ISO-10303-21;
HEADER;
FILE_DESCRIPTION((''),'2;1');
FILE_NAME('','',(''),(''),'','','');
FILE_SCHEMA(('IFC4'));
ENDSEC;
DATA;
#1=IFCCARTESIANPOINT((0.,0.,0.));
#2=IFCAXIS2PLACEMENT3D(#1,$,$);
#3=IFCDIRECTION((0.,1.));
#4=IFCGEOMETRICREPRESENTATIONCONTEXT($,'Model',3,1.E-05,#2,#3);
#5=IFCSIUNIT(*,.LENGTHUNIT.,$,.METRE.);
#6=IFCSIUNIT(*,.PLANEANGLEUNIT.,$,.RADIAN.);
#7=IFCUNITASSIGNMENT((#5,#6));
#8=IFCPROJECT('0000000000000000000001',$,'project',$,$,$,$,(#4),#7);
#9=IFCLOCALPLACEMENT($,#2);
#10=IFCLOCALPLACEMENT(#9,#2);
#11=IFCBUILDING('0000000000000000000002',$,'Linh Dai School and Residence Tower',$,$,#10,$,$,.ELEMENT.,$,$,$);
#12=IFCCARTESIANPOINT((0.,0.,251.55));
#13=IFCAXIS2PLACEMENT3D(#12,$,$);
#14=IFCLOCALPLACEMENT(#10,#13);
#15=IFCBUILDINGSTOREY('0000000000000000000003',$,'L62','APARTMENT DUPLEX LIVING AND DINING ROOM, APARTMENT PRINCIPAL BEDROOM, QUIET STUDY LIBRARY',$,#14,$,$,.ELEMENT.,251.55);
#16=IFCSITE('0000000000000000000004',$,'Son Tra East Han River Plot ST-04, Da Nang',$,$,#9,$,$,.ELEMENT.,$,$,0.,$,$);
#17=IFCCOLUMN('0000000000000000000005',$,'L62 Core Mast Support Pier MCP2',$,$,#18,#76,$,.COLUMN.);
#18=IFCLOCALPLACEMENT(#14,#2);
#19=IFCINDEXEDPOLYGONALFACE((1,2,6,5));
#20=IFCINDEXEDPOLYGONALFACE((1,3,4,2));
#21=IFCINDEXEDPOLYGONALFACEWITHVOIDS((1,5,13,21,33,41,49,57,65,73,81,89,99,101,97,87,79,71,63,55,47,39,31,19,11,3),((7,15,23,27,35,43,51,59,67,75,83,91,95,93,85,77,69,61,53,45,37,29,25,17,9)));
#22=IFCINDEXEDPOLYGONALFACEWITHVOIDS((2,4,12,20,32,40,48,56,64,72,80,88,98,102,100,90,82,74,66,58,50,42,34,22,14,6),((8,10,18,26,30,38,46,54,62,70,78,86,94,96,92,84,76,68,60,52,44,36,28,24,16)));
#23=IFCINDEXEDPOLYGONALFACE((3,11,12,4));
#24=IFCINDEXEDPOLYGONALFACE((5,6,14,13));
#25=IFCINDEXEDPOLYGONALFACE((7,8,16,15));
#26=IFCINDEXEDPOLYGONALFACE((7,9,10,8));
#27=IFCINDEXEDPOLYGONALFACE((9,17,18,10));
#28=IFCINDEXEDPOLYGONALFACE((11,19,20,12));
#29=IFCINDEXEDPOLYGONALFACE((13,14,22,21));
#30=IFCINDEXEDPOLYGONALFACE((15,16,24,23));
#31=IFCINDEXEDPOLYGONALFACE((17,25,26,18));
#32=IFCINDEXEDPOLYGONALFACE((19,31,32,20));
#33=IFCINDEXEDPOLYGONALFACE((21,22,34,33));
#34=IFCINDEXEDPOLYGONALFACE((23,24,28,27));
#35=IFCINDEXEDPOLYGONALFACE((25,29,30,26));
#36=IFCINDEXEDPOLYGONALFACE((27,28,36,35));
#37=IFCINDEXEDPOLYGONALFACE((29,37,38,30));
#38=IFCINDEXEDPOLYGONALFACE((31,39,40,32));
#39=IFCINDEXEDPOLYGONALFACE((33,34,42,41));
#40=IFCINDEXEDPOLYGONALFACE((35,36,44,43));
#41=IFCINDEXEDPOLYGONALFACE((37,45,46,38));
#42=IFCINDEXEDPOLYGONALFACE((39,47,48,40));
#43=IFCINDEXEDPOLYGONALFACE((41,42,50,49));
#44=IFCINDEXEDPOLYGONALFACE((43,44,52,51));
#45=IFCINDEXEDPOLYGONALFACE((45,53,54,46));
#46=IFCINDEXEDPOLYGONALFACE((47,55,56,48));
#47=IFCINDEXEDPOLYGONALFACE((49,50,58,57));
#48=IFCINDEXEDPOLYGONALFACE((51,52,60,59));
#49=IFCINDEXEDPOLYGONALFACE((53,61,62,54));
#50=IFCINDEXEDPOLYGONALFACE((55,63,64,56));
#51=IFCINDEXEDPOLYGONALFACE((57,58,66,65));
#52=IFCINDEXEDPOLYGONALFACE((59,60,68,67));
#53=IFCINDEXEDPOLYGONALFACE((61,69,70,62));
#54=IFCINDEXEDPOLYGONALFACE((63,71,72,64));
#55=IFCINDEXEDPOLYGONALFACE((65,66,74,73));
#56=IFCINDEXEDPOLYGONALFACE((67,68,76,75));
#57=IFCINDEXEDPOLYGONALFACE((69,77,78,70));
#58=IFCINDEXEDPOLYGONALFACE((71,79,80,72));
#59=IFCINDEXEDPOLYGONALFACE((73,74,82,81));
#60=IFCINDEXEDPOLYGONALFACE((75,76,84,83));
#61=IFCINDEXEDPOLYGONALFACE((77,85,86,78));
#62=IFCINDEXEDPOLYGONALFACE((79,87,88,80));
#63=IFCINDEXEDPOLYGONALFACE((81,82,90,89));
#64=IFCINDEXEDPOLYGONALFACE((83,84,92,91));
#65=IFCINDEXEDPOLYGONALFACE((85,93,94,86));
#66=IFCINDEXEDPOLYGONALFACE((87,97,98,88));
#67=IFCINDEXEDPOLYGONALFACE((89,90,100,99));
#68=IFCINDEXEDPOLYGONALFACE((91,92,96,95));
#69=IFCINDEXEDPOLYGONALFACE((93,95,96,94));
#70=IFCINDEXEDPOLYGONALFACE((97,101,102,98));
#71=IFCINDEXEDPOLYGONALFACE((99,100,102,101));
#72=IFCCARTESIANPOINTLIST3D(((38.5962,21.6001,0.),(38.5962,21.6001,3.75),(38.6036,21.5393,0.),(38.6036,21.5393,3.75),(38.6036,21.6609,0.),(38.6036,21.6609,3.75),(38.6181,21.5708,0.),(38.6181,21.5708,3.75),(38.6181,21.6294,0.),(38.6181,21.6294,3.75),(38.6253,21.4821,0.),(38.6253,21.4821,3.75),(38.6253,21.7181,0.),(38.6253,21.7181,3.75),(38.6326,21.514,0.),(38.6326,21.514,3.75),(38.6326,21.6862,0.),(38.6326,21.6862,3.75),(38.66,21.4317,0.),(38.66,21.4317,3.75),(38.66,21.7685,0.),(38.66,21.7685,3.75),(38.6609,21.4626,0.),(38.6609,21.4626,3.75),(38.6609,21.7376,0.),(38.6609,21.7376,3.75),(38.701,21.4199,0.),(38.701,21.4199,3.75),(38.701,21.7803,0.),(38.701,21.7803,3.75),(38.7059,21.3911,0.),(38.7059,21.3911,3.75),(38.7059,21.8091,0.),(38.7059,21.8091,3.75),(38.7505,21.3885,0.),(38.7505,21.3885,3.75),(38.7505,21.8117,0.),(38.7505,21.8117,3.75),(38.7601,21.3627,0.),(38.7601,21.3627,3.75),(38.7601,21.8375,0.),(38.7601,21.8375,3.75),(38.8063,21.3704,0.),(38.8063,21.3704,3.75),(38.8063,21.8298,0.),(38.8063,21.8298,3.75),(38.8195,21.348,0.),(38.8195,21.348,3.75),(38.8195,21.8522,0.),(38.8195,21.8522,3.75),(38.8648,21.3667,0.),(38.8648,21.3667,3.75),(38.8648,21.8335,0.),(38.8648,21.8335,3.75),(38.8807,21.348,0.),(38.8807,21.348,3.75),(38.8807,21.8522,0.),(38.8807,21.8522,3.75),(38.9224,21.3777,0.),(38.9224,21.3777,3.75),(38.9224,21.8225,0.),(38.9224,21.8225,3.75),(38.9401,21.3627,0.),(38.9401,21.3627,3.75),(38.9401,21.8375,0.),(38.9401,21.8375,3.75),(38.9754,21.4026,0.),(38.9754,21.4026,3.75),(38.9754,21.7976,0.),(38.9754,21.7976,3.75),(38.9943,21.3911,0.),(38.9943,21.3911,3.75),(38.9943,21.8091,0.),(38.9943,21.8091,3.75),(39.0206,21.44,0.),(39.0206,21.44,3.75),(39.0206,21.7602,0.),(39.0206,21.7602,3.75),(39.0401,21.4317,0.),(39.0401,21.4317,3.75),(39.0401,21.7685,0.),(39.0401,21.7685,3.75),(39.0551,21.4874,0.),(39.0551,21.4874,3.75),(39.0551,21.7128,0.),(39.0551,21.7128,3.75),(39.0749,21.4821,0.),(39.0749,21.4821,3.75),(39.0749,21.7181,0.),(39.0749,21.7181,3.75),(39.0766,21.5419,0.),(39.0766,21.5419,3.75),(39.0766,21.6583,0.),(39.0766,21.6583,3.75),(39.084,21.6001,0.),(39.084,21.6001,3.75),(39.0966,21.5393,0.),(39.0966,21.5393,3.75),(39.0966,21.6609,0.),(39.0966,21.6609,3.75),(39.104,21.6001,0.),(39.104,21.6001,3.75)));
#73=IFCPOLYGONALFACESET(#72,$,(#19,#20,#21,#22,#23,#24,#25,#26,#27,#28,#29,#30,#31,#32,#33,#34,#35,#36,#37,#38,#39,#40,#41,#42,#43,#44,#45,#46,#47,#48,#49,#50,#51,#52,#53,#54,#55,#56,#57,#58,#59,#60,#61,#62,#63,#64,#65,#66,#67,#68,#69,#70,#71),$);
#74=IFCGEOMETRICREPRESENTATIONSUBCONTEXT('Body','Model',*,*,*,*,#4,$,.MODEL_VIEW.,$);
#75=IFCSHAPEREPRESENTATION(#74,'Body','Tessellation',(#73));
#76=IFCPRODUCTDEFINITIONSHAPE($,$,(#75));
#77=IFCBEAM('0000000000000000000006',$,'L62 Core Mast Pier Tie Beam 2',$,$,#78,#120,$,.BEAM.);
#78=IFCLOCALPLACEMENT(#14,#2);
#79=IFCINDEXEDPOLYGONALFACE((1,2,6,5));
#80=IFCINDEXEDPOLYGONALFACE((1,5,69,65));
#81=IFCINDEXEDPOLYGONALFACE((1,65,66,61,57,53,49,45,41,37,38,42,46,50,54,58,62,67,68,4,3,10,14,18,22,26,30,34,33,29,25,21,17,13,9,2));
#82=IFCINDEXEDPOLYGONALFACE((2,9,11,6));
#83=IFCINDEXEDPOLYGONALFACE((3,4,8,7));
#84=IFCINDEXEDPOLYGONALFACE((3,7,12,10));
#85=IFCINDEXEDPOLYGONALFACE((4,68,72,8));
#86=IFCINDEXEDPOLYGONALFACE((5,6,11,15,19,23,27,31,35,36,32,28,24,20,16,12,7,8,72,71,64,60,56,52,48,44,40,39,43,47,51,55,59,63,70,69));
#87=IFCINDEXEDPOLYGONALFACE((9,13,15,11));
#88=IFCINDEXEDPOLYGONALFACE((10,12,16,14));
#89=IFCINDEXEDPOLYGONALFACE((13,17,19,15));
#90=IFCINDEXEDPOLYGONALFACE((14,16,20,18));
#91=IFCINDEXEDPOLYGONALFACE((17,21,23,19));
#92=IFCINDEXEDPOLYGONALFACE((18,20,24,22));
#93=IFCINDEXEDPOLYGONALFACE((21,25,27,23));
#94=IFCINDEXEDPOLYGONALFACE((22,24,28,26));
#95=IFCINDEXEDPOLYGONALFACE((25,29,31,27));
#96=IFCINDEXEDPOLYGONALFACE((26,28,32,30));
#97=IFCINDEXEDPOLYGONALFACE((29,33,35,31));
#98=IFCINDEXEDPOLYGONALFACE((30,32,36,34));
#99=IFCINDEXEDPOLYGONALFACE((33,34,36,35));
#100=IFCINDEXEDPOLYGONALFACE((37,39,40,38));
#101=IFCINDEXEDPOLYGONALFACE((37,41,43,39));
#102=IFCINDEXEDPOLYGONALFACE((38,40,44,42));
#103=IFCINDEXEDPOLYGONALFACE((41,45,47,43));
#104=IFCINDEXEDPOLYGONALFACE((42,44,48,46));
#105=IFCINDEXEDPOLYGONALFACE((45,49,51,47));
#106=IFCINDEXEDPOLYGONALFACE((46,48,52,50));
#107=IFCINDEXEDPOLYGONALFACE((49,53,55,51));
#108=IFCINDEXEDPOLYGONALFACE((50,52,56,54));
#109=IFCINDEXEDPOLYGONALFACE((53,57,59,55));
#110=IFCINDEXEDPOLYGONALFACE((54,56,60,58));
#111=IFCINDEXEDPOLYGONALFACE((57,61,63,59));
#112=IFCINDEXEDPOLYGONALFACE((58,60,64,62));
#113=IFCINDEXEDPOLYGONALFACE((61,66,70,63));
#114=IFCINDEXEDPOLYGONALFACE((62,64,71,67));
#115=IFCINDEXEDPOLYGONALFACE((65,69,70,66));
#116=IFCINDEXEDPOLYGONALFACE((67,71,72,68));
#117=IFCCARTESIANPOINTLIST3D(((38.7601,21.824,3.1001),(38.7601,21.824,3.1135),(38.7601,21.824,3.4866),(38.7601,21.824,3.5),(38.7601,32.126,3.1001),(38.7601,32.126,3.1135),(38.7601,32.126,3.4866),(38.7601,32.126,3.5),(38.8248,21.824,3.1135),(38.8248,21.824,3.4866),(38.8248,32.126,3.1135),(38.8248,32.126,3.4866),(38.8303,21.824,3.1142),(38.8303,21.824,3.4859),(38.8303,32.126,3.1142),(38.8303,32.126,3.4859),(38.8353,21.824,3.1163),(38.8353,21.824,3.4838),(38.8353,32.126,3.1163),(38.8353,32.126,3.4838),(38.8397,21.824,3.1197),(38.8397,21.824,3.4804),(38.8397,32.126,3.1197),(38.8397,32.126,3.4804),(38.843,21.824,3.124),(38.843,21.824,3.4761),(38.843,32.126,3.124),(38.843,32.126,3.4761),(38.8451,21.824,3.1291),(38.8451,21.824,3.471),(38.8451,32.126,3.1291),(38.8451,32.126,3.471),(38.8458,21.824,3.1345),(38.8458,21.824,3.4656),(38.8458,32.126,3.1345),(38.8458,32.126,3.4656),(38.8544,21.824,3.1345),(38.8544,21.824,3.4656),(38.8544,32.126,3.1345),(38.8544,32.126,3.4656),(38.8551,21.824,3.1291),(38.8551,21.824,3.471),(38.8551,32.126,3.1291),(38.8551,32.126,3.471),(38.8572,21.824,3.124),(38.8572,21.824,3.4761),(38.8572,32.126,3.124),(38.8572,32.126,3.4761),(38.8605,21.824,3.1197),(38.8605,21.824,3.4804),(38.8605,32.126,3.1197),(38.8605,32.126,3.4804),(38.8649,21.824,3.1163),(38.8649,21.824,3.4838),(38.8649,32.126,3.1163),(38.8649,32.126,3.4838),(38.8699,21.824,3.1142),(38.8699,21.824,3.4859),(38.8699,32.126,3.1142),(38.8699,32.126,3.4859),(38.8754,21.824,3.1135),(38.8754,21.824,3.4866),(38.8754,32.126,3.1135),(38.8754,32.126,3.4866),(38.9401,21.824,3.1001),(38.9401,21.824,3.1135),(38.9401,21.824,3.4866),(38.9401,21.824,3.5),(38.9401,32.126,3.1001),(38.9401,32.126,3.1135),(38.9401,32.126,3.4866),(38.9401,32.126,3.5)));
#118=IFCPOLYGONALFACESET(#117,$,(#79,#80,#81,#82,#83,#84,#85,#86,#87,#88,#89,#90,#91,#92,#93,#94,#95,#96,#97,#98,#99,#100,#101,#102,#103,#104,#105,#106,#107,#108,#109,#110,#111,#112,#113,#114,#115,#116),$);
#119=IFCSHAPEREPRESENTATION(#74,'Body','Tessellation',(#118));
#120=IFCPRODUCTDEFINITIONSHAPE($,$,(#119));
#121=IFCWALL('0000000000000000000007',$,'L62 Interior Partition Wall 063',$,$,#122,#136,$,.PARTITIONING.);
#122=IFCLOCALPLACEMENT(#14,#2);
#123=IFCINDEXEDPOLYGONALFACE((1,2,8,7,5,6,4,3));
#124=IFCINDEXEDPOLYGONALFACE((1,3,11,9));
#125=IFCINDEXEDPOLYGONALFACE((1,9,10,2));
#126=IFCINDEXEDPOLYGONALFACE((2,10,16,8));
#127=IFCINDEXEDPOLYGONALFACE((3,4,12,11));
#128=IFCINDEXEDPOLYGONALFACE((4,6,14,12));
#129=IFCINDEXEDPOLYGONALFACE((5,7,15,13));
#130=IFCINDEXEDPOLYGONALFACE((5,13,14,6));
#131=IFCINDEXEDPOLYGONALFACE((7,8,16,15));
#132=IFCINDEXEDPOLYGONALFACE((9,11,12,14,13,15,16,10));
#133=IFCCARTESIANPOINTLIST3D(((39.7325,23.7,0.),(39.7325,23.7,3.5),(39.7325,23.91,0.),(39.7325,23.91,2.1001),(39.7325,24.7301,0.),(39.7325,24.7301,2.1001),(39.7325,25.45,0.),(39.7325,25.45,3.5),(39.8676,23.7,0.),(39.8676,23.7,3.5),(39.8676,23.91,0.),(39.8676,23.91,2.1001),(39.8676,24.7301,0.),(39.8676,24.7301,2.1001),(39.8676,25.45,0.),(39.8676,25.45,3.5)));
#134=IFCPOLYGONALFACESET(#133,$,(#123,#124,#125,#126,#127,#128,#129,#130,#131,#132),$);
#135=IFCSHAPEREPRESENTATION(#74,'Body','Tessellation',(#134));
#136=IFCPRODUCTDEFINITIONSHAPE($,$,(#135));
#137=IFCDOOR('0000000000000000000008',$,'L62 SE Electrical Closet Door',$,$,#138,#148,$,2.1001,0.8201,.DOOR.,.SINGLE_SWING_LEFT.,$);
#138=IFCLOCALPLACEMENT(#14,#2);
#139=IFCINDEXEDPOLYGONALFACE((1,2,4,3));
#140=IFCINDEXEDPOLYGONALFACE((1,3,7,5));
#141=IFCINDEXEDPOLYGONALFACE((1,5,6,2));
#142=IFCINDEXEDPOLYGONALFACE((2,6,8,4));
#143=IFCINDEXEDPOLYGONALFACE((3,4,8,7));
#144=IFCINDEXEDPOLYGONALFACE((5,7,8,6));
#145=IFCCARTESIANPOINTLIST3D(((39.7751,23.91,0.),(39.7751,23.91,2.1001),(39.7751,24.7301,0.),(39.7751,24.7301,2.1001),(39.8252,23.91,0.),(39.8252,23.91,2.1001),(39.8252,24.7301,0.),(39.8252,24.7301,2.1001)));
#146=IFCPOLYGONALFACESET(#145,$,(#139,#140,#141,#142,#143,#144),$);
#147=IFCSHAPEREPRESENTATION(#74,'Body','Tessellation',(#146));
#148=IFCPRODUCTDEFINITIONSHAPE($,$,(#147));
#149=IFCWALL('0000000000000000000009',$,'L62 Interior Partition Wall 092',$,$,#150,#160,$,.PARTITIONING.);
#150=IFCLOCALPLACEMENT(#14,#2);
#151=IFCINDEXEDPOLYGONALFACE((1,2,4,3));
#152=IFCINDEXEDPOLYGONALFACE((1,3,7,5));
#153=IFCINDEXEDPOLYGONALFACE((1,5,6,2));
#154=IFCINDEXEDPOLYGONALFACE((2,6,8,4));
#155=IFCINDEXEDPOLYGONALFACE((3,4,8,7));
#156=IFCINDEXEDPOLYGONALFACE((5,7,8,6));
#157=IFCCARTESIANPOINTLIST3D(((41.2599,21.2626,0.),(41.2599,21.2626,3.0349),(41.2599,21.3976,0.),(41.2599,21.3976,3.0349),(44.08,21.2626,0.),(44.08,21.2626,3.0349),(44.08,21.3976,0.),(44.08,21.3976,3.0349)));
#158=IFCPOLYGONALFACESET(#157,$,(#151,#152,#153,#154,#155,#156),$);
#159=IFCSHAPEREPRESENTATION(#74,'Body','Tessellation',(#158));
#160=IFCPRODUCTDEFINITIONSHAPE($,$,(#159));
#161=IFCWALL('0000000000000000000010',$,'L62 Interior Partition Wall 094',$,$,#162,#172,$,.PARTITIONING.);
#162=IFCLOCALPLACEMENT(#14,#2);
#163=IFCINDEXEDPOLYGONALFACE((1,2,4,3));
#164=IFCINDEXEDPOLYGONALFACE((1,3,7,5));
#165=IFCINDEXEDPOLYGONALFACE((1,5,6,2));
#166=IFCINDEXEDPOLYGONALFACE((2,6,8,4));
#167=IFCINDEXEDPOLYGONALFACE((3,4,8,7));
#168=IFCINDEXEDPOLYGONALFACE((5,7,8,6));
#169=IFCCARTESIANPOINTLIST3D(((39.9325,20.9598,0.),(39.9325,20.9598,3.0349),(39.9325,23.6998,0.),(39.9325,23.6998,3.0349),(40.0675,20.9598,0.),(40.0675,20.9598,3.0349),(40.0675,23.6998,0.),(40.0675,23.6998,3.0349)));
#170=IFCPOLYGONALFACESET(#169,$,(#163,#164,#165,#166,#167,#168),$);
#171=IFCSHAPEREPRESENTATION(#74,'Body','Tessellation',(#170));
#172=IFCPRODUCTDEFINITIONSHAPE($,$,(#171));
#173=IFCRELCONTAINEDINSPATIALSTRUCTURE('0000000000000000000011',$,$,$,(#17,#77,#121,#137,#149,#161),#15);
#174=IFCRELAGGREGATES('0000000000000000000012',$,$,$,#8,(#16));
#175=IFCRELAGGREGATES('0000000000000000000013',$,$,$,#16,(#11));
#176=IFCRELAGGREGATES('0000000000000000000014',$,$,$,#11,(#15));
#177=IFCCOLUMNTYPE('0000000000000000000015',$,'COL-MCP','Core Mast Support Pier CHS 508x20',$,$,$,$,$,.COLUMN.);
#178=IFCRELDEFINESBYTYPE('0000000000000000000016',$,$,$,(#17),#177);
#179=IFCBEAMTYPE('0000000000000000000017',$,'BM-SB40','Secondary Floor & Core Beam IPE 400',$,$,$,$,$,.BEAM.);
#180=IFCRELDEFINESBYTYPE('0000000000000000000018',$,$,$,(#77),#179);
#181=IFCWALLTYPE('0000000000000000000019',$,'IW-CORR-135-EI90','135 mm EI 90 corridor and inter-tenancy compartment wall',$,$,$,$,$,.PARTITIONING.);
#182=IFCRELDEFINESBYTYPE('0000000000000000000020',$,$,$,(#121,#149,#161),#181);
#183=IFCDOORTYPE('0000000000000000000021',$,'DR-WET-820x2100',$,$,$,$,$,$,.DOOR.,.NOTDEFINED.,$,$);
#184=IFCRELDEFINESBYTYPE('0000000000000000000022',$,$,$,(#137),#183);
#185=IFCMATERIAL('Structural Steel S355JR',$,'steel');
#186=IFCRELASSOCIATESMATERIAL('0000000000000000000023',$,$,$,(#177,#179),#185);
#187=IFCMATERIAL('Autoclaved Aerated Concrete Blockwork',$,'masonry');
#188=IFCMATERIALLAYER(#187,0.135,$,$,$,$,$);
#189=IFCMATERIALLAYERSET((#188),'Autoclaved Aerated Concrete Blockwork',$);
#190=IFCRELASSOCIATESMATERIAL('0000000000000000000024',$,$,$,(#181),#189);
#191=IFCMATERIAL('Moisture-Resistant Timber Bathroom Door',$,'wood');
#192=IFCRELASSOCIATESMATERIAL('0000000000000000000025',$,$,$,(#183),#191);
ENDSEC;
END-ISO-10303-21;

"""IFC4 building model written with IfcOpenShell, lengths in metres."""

from ifc_helpers import new_model, si_unit, direction, frame, frame_2d, origin, origin_2d, place, context, subcontext, project, spatial, rectangle, hollow_circle, i_section, extrude, source, transform, mapped, material, layer, layer_set, material_profile, profile_set, type_object, element, fill, save


model = new_model("IFC4")

# Units and contexts
model_context = context("Model", 3, precision=1e-05, world=origin(), true_north=direction((0.0, 1.0)))
body_context = subcontext(model_context, "Body", "Model", "MODEL_VIEW")
ifc_project = project(units=[si_unit("LENGTHUNIT", "METRE"), si_unit("PLANEANGLEUNIT", "RADIAN")], contexts=[model_context])

# Site, building, storey
site_placement = place(None, origin())
site = spatial("IfcSite", under=ifc_project, at=site_placement, Name="Son Tra East Han River Plot ST-04, Da Nang", CompositionType="ELEMENT", RefElevation=0.0)
building_placement = place(site_placement, origin())
building = spatial("IfcBuilding", under=site, at=building_placement, Name="Linh Dai School and Residence Tower", CompositionType="ELEMENT")
storey_placement = place(building_placement, frame((0.0, 0.0, 251.55)))
storey = spatial("IfcBuildingStorey", under=building, at=storey_placement, Name="L62", Description="APARTMENT DUPLEX LIVING AND DINING ROOM, APARTMENT PRINCIPAL BEDROOM, QUIET STUDY LIBRARY", CompositionType="ELEMENT", Elevation=251.55)

# Column
ifc_material_1 = material(Name="Structural Steel S355JR", Category="steel")
ifc_material_profile_1 = material_profile(ifc_material_1, hollow_circle(Radius=0.2539, WallThickness=0.02, at=origin_2d()), Name="CHS 508x20")
ifc_profile_set_1 = profile_set([ifc_material_profile_1], Name="Structural Steel S355JR")
column_type_1 = type_object("IfcColumnType", Name="COL-MCP", Description="Core Mast Support Pier CHS 508x20", PredefinedType="COLUMN", material=ifc_profile_set_1)
column_placement = place(storey_placement, frame((38.8501, 21.6001, 0.0), z_axis=(0.0, 0.0, 1.0), x_axis=(1.0, 0.0, 0.0)))
element("IfcColumn", 1, at=column_placement, inside=storey, type_object=column_type_1, Name="L62 Core Mast Support Pier MCP2", PredefinedType="COLUMN", context=body_context, shape_type="SweptSolid", body=[
    extrude(hollow_circle(Radius=0.2539, WallThickness=0.02, at=origin_2d()), origin(), (0.0, 0.0, 1.0), 3.75),
])

# Beam
ifc_material_profile_2 = material_profile(ifc_material_1, i_section(OverallWidth=0.1799, OverallDepth=0.3999, WebThickness=0.0085, FlangeThickness=0.0134, FilletRadius=0.021, at=origin_2d()), Name="IPE 400")
ifc_profile_set_2 = profile_set([ifc_material_profile_2], Name="Structural Steel S355JR")
beam_type = type_object("IfcBeamType", Name="BM-SB40", Description="Secondary Floor & Core Beam IPE 400", PredefinedType="BEAM", material=ifc_profile_set_2)
beam_placement = place(storey_placement, frame((38.8501, 21.824, 3.3), z_axis=(0.0, 1.0, 0.0), x_axis=(-1.0, 0.0, 0.0)))
element("IfcBeam", 2, at=beam_placement, inside=storey, type_object=beam_type, Name="L62 Core Mast Pier Tie Beam 2", PredefinedType="BEAM", context=body_context, shape_type="SweptSolid", body=[
    extrude(i_section(OverallWidth=0.1799, OverallDepth=0.3999, WebThickness=0.0085, FlangeThickness=0.0134, FilletRadius=0.021, at=origin_2d()), origin(), (0.0, 0.0, 1.0), 10.302),
])

# Wall, opening, door
ifc_material_2 = material(Name="Autoclaved Aerated Concrete Blockwork", Category="masonry")
ifc_layer_1 = layer(ifc_material_2, 0.135)
ifc_layer_set_1 = layer_set([ifc_layer_1], Name="Autoclaved Aerated Concrete Blockwork")
wall_type_1 = type_object("IfcWallType", Name="IW-CORR-135-EI90", Description="135 mm EI 90 corridor and inter-tenancy compartment wall", PredefinedType="PARTITIONING", material=ifc_layer_set_1)
wall_1_placement = place(storey_placement, frame((39.8, 23.7, 0.0), z_axis=(0.0, 0.0, 1.0), x_axis=(0.0, 1.0, 0.0)))
wall_1 = element("IfcWall", 3, at=wall_1_placement, inside=storey, type_object=wall_type_1, Name="L62 Interior Partition Wall 063", PredefinedType="PARTITIONING", context=body_context, shape_type="SweptSolid", body=[
    extrude(rectangle(XDim=1.75, YDim=0.135, at=frame_2d((0.875, 0.0))), origin(), (0.0, 0.0, 1.0), 3.5),
])
opening_1_placement = place(wall_1_placement, frame((0.21, 0.0, 0.0)))
opening_1 = element("IfcOpeningElement", 4, at=opening_1_placement, cuts=wall_1, PredefinedType="OPENING", context=body_context, shape_type="SweptSolid", body=[
    extrude(rectangle(XDim=0.8201, YDim=2.1001, at=origin_2d()), frame((0.4102, 0.0776, 1.05), z_axis=(0.0, -1.0, 0.0), x_axis=(1.0, 0.0, 0.0)), (0.0, 0.0, 1.0), 0.155),
])
ifc_material_3 = material(Name="Moisture-Resistant Timber Bathroom Door", Category="wood")
door_type_1 = type_object("IfcDoorType", Name="DR-WET-820x2100", OperationType="NOTDEFINED", PredefinedType="DOOR", material=ifc_material_3)
shared_shape_1 = source(origin(), body_context, "Body", "SweptSolid", [
    extrude(rectangle(XDim=0.8201, YDim=2.1001, at=origin_2d()), frame((0.4102, 0.0249, 1.05), z_axis=(0.0, -1.0, 0.0), x_axis=(1.0, 0.0, 0.0)), (0.0, 0.0, 1.0), 0.05),
])
door_1_placement = place(opening_1_placement, origin())
door_1 = element("IfcDoor", 5, at=door_1_placement, inside=storey, type_object=door_type_1, Name="L62 SE Electrical Closet Door", OperationType="SINGLE_SWING_LEFT", OverallHeight=2.1001, OverallWidth=0.8201, PredefinedType="DOOR", context=body_context, shape_type="MappedRepresentation", body=[
    mapped(shared_shape_1, transform((0.0, 0.0, 0.0), x_axis=(1.0, 0.0, 0.0), y_axis=(0.0, 1.0, 0.0), z_axis=(0.0, 0.0, 1.0), scale=1.0)),
])
fill(opening_1, door_1)

# Walls
wall_2_placement = place(storey_placement, frame((44.0801, 21.3301, 0.0), z_axis=(0.0, 0.0, 1.0), x_axis=(-1.0, 0.0, 0.0)))
element("IfcWall", 6, at=wall_2_placement, inside=storey, type_object=wall_type_1, Name="L62 Interior Partition Wall 092", PredefinedType="PARTITIONING", context=body_context, shape_type="SweptSolid", body=[
    extrude(rectangle(XDim=2.8201, YDim=0.135, at=frame_2d((1.4102, 0.0))), origin(), (0.0, 0.0, 1.0), 3.0349),
])
wall_3_placement = place(storey_placement, frame((40.0, 23.7, 0.0), z_axis=(0.0, 0.0, 1.0), x_axis=(0.0, -1.0, 0.0)))
element("IfcWall", 7, at=wall_3_placement, inside=storey, type_object=wall_type_1, Name="L62 Interior Partition Wall 094", PredefinedType="PARTITIONING", context=body_context, shape_type="SweptSolid", body=[
    extrude(rectangle(XDim=2.74, YDim=0.135, at=frame_2d((1.3701, 0.0))), origin(), (0.0, 0.0, 1.0), 3.0349),
])

save(model, "model.ifc")
